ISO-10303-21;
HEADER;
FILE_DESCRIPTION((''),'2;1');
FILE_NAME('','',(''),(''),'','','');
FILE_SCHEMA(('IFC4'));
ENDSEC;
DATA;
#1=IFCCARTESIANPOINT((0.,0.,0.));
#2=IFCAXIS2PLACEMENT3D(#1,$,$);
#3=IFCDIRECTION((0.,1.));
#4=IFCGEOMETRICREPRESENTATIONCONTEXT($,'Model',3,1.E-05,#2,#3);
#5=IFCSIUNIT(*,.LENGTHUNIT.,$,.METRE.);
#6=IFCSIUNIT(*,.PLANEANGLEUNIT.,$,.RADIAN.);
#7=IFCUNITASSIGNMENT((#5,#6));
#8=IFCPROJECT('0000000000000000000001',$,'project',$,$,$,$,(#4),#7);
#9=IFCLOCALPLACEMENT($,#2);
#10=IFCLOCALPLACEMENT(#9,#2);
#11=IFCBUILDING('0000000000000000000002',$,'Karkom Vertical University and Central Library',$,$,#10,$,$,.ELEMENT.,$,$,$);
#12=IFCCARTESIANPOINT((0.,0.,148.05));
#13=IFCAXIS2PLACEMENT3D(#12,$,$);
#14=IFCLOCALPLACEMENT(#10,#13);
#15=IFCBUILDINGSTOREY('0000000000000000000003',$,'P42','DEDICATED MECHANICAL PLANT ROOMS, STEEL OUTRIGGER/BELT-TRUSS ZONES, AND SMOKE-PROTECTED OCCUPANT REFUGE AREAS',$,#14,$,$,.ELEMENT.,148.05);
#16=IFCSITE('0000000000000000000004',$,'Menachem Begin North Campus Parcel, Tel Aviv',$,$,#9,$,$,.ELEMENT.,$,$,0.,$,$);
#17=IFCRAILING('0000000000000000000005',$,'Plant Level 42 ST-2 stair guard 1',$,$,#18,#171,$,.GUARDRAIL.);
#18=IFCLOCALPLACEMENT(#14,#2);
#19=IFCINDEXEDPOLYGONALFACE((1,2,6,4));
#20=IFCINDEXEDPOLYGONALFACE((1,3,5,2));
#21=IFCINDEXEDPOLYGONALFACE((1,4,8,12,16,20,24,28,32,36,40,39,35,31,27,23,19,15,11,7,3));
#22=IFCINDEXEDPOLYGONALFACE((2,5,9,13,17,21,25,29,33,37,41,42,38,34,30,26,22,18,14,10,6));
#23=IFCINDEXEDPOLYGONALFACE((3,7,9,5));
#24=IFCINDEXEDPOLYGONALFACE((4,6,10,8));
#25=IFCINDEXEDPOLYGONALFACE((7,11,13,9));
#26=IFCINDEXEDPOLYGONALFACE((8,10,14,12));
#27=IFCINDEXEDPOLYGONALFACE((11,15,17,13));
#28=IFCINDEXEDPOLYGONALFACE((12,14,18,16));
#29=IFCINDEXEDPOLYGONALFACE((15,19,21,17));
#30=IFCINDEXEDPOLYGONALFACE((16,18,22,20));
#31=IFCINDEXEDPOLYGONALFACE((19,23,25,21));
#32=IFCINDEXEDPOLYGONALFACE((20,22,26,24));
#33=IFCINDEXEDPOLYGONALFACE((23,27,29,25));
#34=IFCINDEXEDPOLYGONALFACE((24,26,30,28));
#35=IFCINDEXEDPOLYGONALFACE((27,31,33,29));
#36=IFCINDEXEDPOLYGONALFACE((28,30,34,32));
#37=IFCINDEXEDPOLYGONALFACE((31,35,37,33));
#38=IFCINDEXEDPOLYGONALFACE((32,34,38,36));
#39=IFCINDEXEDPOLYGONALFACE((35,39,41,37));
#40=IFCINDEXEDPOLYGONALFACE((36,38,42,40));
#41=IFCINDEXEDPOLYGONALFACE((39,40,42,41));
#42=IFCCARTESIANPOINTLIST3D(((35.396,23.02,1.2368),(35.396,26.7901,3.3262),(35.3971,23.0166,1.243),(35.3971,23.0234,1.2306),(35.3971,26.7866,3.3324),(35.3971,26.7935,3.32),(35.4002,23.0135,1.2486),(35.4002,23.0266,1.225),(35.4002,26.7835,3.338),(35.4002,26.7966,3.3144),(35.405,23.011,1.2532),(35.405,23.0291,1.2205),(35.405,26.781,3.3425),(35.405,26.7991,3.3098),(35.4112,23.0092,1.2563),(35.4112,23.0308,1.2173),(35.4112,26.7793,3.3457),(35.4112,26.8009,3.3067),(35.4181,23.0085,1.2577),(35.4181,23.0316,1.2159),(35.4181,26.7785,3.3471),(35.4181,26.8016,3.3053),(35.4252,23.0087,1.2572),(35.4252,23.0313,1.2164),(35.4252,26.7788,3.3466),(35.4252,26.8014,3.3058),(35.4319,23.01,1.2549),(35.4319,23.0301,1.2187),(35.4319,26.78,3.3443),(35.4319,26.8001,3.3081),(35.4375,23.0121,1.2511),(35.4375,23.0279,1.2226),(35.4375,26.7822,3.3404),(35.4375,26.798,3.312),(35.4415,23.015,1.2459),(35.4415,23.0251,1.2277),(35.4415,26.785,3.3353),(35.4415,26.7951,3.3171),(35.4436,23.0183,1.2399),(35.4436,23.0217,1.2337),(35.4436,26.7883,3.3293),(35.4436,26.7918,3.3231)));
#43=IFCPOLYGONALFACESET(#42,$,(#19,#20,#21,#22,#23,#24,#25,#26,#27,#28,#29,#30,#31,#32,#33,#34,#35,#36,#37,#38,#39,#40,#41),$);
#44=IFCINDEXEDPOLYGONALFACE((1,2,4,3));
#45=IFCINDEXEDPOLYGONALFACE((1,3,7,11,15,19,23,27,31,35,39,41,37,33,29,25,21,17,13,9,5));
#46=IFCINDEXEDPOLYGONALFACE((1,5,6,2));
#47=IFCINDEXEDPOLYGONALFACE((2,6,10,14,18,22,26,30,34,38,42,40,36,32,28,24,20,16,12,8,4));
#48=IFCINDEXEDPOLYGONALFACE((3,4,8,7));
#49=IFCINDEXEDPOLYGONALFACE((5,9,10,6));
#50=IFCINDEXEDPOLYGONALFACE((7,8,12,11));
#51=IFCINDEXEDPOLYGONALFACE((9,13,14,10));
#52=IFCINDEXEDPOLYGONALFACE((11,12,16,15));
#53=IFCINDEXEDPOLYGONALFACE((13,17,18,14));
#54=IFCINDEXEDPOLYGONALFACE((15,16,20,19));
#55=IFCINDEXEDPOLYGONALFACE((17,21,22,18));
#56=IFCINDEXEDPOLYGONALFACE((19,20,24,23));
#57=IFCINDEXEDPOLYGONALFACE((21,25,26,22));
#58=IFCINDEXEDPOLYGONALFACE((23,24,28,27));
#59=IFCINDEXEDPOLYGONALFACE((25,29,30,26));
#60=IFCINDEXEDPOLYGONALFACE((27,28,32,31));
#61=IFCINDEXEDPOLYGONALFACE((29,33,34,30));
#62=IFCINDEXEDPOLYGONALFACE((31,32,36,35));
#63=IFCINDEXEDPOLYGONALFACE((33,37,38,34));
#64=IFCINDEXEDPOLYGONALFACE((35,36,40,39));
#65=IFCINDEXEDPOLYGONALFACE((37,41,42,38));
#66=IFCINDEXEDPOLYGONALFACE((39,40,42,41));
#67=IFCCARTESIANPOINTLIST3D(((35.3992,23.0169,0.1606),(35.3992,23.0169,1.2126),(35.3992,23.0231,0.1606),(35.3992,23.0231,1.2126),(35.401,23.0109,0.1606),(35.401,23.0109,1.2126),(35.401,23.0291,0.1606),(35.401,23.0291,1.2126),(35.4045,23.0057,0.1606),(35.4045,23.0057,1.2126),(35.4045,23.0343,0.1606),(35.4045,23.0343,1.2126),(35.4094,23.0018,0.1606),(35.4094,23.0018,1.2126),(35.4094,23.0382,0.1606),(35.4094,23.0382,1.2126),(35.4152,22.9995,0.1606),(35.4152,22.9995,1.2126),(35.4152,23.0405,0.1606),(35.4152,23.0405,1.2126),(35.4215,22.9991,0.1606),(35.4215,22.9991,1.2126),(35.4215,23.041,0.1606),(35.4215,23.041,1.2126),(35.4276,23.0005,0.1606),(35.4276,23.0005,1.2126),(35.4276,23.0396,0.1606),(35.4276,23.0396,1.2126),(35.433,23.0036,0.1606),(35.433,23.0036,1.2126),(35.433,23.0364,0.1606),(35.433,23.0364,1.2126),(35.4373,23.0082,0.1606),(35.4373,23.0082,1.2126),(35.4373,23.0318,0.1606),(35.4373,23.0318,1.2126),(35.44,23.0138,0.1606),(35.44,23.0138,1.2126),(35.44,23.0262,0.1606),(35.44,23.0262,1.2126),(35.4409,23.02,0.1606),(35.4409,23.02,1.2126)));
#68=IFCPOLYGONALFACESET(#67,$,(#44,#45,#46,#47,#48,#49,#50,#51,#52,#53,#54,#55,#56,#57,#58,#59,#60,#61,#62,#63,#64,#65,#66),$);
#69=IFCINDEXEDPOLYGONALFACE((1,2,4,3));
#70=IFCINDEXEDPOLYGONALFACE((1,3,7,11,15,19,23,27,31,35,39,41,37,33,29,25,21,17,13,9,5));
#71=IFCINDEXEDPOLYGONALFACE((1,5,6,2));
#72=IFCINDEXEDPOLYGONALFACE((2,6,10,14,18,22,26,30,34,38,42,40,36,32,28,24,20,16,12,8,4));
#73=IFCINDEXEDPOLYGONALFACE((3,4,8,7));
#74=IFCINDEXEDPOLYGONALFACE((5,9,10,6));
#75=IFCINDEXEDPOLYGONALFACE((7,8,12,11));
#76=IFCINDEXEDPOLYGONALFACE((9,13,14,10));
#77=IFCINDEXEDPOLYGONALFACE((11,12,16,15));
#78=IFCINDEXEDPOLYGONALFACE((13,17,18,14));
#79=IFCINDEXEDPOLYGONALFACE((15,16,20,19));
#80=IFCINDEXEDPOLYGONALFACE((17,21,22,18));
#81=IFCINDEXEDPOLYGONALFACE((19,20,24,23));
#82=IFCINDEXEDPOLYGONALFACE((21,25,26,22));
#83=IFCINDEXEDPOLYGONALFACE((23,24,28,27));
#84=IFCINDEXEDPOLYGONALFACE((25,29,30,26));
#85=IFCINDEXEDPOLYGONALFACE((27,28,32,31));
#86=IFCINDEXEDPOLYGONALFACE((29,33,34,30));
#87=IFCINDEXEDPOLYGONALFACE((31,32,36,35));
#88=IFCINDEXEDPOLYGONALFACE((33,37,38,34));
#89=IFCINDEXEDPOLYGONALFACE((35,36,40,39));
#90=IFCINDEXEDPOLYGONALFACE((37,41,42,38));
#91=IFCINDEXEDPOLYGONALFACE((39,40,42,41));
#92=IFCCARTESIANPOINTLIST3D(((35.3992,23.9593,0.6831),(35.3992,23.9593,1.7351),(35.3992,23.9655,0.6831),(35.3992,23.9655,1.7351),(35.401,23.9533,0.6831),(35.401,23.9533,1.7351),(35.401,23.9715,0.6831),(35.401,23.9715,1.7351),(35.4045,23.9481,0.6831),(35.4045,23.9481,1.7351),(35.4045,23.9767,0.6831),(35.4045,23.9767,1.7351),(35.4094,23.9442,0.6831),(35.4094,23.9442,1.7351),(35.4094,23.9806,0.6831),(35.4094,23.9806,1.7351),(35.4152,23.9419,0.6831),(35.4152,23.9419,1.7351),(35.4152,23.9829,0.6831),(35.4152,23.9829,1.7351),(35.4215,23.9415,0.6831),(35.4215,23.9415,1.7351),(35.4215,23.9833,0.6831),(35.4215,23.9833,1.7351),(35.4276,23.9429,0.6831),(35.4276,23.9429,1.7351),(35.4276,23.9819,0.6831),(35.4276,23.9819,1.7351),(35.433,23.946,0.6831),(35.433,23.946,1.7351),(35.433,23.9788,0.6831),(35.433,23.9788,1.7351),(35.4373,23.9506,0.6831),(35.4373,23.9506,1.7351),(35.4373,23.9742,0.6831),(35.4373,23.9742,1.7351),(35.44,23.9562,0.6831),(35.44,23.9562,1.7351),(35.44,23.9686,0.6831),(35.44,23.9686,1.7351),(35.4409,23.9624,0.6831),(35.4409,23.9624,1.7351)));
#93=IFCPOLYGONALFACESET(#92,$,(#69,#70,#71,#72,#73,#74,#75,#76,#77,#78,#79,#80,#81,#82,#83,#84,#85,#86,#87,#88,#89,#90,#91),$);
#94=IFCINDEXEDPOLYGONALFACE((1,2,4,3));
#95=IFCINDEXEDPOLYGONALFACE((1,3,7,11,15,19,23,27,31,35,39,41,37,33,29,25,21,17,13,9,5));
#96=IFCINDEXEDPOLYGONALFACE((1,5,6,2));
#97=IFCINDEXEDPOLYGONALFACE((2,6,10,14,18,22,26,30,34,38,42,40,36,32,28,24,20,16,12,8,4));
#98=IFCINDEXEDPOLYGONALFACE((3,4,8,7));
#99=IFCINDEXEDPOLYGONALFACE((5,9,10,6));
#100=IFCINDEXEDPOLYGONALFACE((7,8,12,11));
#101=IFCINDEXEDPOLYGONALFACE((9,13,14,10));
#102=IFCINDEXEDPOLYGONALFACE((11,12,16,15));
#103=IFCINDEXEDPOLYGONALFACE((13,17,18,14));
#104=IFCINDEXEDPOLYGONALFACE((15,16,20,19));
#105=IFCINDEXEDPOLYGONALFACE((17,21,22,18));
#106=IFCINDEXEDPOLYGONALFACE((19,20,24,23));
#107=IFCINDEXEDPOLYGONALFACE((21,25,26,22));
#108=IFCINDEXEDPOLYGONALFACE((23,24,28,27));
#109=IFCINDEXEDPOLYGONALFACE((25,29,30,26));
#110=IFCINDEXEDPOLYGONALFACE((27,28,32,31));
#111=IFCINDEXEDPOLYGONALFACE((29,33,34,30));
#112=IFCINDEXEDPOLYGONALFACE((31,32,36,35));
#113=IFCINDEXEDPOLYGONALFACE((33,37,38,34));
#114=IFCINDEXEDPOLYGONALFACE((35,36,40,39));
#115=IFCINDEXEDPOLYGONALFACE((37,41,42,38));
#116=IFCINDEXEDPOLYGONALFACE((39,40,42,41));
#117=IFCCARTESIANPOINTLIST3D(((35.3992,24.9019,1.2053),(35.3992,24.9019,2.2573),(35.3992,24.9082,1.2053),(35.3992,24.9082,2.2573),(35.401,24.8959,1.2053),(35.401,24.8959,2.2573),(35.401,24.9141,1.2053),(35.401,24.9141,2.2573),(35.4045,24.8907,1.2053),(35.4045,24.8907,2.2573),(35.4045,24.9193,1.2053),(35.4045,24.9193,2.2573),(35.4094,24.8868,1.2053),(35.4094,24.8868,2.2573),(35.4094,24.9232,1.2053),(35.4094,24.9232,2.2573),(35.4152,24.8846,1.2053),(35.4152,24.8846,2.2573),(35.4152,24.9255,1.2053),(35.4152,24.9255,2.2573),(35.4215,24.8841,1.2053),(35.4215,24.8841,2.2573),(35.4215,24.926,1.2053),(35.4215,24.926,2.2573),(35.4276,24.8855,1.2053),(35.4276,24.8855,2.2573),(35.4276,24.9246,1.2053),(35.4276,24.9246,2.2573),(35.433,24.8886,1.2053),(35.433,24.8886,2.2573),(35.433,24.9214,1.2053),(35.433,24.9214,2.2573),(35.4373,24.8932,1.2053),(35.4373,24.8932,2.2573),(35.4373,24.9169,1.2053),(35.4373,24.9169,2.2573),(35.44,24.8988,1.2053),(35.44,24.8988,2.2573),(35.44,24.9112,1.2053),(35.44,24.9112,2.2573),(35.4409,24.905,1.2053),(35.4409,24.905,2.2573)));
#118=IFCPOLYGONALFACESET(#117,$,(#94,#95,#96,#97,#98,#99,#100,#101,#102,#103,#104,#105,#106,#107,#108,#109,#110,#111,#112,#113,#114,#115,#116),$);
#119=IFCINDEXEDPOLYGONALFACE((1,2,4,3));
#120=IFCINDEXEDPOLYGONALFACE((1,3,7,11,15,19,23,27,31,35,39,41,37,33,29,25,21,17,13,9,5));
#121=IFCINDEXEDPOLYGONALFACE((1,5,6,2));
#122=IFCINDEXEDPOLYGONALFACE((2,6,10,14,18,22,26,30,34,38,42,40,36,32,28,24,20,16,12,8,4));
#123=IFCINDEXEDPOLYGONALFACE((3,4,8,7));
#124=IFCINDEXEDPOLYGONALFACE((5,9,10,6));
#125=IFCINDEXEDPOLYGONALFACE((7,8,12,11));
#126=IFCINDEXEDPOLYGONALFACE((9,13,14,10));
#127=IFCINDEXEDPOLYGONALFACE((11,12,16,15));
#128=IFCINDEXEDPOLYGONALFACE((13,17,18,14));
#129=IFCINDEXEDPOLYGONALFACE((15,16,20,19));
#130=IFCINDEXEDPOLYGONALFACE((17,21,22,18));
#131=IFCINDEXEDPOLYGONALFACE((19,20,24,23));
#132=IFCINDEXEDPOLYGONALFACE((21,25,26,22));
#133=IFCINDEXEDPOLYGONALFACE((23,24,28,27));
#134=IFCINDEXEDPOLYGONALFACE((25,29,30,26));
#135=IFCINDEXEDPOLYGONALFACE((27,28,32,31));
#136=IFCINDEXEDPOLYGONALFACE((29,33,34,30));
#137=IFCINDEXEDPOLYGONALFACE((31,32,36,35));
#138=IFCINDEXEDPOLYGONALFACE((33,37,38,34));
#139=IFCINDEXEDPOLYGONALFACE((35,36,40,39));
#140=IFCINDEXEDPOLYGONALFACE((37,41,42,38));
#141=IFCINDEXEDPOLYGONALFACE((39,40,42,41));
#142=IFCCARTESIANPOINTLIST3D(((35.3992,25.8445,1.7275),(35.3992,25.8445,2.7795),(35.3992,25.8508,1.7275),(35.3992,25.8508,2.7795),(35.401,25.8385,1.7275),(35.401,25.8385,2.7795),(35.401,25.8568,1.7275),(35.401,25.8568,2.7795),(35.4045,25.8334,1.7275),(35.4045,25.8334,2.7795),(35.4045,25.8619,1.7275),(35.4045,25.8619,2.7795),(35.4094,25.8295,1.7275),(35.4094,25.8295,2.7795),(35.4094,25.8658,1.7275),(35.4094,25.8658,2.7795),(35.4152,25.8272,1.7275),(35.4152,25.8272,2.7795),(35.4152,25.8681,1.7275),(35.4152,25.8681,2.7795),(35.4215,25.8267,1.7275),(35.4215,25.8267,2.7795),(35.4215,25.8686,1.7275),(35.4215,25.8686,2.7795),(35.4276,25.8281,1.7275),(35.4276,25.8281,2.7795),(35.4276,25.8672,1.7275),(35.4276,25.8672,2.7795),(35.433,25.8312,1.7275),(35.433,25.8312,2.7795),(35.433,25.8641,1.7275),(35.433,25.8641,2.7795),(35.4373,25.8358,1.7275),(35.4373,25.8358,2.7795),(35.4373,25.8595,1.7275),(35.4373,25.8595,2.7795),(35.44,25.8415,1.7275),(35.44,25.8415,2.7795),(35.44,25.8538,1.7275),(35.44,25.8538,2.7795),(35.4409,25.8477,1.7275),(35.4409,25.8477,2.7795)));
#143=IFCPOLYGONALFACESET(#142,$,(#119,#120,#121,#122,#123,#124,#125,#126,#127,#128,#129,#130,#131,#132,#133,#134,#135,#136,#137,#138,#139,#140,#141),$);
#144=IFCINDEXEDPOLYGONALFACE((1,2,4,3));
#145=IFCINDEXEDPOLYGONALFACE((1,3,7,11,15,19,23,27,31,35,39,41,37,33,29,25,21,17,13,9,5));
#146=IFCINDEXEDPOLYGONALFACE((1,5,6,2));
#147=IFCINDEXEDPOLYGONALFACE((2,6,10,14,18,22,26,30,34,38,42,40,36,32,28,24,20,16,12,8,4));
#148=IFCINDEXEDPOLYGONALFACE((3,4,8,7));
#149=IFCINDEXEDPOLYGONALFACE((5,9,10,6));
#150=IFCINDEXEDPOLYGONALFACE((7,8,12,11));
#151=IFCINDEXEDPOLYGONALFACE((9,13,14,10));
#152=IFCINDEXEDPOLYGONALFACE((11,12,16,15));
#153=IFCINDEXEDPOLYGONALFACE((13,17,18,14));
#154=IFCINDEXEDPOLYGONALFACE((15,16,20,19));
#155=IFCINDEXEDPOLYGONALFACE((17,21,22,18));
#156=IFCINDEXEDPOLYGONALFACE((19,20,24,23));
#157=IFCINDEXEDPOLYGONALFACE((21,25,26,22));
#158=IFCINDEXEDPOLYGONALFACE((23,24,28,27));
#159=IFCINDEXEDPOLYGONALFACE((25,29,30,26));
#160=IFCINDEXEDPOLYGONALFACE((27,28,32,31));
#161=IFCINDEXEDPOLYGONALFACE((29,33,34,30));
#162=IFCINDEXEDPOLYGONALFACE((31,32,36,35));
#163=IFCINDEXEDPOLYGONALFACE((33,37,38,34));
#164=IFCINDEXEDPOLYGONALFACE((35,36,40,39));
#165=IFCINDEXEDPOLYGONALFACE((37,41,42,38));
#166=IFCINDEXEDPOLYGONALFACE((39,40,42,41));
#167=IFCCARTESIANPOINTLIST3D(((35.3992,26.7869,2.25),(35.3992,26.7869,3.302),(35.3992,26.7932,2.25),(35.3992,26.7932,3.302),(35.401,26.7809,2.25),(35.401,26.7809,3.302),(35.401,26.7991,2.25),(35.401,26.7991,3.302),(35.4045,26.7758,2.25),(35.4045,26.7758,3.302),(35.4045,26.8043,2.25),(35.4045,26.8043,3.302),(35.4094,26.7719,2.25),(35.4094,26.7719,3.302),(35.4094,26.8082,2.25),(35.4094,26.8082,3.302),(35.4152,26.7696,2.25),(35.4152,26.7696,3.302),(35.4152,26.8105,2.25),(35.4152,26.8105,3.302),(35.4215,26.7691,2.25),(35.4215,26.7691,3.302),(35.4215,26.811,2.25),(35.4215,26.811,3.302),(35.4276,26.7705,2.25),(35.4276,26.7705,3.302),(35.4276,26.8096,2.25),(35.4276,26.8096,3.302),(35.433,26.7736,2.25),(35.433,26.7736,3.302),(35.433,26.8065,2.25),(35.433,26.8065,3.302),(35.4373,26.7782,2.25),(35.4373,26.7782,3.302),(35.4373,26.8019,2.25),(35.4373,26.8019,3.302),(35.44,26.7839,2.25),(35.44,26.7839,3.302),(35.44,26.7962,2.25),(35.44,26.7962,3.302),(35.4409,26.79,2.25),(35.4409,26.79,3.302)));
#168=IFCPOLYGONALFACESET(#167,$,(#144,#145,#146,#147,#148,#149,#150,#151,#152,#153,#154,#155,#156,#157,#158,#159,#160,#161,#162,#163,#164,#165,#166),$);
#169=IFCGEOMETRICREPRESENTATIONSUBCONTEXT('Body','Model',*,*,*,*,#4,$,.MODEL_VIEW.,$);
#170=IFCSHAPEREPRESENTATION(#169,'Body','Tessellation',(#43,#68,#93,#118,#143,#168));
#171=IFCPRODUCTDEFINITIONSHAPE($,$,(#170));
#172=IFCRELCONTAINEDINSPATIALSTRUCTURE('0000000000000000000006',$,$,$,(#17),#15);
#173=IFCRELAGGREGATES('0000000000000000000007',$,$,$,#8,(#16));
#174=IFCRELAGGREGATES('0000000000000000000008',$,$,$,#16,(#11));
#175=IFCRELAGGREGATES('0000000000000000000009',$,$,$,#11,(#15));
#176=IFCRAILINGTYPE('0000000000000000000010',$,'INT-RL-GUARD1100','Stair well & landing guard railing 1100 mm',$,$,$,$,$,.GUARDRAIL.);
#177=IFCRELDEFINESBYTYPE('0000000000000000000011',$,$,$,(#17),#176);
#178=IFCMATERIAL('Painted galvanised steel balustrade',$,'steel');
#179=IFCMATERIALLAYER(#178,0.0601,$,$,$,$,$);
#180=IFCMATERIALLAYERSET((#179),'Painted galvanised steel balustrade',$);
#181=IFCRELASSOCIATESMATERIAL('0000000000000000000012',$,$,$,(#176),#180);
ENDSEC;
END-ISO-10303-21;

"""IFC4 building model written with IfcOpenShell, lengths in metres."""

from ifc_helpers import new_model, si_unit, direction, frame, origin, origin_2d, place, context, subcontext, project, spatial, circle, extrude, material, layer, layer_set, type_object, element, save


model = new_model("IFC4")

# Units and contexts
model_context = context("Model", 3, precision=1e-05, world=origin(), true_north=direction((0.0, 1.0)))
body_context = subcontext(model_context, "Body", "Model", "MODEL_VIEW")
ifc_project = project(units=[si_unit("LENGTHUNIT", "METRE"), si_unit("PLANEANGLEUNIT", "RADIAN")], contexts=[model_context])

# Site, building, storey
site_placement = place(None, origin())
site = spatial("IfcSite", under=ifc_project, at=site_placement, Name="Menachem Begin North Campus Parcel, Tel Aviv", CompositionType="ELEMENT", RefElevation=0.0)
building_placement = place(site_placement, origin())
building = spatial("IfcBuilding", under=site, at=building_placement, Name="Karkom Vertical University and Central Library", CompositionType="ELEMENT")
storey_placement = place(building_placement, frame((0.0, 0.0, 148.05)))
storey = spatial("IfcBuildingStorey", under=building, at=storey_placement, Name="P42", Description="DEDICATED MECHANICAL PLANT ROOMS, STEEL OUTRIGGER/BELT-TRUSS ZONES, AND SMOKE-PROTECTED OCCUPANT REFUGE AREAS", CompositionType="ELEMENT", Elevation=148.05)

# Railing
ifc_material_1 = material(Name="Painted galvanised steel balustrade", Category="steel")
ifc_layer_1 = layer(ifc_material_1, 0.0601)
ifc_layer_set_1 = layer_set([ifc_layer_1], Name="Painted galvanised steel balustrade")
railing_type_1 = type_object("IfcRailingType", Name="INT-RL-GUARD1100", Description="Stair well & landing guard railing 1100 mm", PredefinedType="GUARDRAIL", material=ifc_layer_set_1)
railing_1_placement = place(storey_placement, frame((35.4199, 23.02, 0.1606)))
element("IfcRailing", 1, at=railing_1_placement, inside=storey, type_object=railing_type_1, Name="Plant Level 42 ST-2 stair guard 1", PredefinedType="GUARDRAIL", context=body_context, shape_type="SweptSolid", body=[
    extrude(circle(Radius=0.0239, at=origin_2d()), frame((0.0, 0.0, 1.0762), z_axis=(0.0, 0.874659, 0.484739), x_axis=(-1.0, 0.0, 0.0)), (0.0, 0.0, 1.0), 4.3103),
    extrude(circle(Radius=0.021, at=origin_2d()), origin(), (0.0, 0.0, 1.0), 1.052),
    extrude(circle(Radius=0.021, at=origin_2d()), frame((0.0, 0.9424, 0.5225)), (0.0, 0.0, 1.0), 1.052),
    extrude(circle(Radius=0.021, at=origin_2d()), frame((0.0, 1.885, 1.0447)), (0.0, 0.0, 1.0), 1.052),
    extrude(circle(Radius=0.021, at=origin_2d()), frame((0.0, 2.8276, 1.5669)), (0.0, 0.0, 1.0), 1.052),
    extrude(circle(Radius=0.021, at=origin_2d()), frame((0.0, 3.77, 2.0894)), (0.0, 0.0, 1.0), 1.052),
])

save(model, "model.ifc")
